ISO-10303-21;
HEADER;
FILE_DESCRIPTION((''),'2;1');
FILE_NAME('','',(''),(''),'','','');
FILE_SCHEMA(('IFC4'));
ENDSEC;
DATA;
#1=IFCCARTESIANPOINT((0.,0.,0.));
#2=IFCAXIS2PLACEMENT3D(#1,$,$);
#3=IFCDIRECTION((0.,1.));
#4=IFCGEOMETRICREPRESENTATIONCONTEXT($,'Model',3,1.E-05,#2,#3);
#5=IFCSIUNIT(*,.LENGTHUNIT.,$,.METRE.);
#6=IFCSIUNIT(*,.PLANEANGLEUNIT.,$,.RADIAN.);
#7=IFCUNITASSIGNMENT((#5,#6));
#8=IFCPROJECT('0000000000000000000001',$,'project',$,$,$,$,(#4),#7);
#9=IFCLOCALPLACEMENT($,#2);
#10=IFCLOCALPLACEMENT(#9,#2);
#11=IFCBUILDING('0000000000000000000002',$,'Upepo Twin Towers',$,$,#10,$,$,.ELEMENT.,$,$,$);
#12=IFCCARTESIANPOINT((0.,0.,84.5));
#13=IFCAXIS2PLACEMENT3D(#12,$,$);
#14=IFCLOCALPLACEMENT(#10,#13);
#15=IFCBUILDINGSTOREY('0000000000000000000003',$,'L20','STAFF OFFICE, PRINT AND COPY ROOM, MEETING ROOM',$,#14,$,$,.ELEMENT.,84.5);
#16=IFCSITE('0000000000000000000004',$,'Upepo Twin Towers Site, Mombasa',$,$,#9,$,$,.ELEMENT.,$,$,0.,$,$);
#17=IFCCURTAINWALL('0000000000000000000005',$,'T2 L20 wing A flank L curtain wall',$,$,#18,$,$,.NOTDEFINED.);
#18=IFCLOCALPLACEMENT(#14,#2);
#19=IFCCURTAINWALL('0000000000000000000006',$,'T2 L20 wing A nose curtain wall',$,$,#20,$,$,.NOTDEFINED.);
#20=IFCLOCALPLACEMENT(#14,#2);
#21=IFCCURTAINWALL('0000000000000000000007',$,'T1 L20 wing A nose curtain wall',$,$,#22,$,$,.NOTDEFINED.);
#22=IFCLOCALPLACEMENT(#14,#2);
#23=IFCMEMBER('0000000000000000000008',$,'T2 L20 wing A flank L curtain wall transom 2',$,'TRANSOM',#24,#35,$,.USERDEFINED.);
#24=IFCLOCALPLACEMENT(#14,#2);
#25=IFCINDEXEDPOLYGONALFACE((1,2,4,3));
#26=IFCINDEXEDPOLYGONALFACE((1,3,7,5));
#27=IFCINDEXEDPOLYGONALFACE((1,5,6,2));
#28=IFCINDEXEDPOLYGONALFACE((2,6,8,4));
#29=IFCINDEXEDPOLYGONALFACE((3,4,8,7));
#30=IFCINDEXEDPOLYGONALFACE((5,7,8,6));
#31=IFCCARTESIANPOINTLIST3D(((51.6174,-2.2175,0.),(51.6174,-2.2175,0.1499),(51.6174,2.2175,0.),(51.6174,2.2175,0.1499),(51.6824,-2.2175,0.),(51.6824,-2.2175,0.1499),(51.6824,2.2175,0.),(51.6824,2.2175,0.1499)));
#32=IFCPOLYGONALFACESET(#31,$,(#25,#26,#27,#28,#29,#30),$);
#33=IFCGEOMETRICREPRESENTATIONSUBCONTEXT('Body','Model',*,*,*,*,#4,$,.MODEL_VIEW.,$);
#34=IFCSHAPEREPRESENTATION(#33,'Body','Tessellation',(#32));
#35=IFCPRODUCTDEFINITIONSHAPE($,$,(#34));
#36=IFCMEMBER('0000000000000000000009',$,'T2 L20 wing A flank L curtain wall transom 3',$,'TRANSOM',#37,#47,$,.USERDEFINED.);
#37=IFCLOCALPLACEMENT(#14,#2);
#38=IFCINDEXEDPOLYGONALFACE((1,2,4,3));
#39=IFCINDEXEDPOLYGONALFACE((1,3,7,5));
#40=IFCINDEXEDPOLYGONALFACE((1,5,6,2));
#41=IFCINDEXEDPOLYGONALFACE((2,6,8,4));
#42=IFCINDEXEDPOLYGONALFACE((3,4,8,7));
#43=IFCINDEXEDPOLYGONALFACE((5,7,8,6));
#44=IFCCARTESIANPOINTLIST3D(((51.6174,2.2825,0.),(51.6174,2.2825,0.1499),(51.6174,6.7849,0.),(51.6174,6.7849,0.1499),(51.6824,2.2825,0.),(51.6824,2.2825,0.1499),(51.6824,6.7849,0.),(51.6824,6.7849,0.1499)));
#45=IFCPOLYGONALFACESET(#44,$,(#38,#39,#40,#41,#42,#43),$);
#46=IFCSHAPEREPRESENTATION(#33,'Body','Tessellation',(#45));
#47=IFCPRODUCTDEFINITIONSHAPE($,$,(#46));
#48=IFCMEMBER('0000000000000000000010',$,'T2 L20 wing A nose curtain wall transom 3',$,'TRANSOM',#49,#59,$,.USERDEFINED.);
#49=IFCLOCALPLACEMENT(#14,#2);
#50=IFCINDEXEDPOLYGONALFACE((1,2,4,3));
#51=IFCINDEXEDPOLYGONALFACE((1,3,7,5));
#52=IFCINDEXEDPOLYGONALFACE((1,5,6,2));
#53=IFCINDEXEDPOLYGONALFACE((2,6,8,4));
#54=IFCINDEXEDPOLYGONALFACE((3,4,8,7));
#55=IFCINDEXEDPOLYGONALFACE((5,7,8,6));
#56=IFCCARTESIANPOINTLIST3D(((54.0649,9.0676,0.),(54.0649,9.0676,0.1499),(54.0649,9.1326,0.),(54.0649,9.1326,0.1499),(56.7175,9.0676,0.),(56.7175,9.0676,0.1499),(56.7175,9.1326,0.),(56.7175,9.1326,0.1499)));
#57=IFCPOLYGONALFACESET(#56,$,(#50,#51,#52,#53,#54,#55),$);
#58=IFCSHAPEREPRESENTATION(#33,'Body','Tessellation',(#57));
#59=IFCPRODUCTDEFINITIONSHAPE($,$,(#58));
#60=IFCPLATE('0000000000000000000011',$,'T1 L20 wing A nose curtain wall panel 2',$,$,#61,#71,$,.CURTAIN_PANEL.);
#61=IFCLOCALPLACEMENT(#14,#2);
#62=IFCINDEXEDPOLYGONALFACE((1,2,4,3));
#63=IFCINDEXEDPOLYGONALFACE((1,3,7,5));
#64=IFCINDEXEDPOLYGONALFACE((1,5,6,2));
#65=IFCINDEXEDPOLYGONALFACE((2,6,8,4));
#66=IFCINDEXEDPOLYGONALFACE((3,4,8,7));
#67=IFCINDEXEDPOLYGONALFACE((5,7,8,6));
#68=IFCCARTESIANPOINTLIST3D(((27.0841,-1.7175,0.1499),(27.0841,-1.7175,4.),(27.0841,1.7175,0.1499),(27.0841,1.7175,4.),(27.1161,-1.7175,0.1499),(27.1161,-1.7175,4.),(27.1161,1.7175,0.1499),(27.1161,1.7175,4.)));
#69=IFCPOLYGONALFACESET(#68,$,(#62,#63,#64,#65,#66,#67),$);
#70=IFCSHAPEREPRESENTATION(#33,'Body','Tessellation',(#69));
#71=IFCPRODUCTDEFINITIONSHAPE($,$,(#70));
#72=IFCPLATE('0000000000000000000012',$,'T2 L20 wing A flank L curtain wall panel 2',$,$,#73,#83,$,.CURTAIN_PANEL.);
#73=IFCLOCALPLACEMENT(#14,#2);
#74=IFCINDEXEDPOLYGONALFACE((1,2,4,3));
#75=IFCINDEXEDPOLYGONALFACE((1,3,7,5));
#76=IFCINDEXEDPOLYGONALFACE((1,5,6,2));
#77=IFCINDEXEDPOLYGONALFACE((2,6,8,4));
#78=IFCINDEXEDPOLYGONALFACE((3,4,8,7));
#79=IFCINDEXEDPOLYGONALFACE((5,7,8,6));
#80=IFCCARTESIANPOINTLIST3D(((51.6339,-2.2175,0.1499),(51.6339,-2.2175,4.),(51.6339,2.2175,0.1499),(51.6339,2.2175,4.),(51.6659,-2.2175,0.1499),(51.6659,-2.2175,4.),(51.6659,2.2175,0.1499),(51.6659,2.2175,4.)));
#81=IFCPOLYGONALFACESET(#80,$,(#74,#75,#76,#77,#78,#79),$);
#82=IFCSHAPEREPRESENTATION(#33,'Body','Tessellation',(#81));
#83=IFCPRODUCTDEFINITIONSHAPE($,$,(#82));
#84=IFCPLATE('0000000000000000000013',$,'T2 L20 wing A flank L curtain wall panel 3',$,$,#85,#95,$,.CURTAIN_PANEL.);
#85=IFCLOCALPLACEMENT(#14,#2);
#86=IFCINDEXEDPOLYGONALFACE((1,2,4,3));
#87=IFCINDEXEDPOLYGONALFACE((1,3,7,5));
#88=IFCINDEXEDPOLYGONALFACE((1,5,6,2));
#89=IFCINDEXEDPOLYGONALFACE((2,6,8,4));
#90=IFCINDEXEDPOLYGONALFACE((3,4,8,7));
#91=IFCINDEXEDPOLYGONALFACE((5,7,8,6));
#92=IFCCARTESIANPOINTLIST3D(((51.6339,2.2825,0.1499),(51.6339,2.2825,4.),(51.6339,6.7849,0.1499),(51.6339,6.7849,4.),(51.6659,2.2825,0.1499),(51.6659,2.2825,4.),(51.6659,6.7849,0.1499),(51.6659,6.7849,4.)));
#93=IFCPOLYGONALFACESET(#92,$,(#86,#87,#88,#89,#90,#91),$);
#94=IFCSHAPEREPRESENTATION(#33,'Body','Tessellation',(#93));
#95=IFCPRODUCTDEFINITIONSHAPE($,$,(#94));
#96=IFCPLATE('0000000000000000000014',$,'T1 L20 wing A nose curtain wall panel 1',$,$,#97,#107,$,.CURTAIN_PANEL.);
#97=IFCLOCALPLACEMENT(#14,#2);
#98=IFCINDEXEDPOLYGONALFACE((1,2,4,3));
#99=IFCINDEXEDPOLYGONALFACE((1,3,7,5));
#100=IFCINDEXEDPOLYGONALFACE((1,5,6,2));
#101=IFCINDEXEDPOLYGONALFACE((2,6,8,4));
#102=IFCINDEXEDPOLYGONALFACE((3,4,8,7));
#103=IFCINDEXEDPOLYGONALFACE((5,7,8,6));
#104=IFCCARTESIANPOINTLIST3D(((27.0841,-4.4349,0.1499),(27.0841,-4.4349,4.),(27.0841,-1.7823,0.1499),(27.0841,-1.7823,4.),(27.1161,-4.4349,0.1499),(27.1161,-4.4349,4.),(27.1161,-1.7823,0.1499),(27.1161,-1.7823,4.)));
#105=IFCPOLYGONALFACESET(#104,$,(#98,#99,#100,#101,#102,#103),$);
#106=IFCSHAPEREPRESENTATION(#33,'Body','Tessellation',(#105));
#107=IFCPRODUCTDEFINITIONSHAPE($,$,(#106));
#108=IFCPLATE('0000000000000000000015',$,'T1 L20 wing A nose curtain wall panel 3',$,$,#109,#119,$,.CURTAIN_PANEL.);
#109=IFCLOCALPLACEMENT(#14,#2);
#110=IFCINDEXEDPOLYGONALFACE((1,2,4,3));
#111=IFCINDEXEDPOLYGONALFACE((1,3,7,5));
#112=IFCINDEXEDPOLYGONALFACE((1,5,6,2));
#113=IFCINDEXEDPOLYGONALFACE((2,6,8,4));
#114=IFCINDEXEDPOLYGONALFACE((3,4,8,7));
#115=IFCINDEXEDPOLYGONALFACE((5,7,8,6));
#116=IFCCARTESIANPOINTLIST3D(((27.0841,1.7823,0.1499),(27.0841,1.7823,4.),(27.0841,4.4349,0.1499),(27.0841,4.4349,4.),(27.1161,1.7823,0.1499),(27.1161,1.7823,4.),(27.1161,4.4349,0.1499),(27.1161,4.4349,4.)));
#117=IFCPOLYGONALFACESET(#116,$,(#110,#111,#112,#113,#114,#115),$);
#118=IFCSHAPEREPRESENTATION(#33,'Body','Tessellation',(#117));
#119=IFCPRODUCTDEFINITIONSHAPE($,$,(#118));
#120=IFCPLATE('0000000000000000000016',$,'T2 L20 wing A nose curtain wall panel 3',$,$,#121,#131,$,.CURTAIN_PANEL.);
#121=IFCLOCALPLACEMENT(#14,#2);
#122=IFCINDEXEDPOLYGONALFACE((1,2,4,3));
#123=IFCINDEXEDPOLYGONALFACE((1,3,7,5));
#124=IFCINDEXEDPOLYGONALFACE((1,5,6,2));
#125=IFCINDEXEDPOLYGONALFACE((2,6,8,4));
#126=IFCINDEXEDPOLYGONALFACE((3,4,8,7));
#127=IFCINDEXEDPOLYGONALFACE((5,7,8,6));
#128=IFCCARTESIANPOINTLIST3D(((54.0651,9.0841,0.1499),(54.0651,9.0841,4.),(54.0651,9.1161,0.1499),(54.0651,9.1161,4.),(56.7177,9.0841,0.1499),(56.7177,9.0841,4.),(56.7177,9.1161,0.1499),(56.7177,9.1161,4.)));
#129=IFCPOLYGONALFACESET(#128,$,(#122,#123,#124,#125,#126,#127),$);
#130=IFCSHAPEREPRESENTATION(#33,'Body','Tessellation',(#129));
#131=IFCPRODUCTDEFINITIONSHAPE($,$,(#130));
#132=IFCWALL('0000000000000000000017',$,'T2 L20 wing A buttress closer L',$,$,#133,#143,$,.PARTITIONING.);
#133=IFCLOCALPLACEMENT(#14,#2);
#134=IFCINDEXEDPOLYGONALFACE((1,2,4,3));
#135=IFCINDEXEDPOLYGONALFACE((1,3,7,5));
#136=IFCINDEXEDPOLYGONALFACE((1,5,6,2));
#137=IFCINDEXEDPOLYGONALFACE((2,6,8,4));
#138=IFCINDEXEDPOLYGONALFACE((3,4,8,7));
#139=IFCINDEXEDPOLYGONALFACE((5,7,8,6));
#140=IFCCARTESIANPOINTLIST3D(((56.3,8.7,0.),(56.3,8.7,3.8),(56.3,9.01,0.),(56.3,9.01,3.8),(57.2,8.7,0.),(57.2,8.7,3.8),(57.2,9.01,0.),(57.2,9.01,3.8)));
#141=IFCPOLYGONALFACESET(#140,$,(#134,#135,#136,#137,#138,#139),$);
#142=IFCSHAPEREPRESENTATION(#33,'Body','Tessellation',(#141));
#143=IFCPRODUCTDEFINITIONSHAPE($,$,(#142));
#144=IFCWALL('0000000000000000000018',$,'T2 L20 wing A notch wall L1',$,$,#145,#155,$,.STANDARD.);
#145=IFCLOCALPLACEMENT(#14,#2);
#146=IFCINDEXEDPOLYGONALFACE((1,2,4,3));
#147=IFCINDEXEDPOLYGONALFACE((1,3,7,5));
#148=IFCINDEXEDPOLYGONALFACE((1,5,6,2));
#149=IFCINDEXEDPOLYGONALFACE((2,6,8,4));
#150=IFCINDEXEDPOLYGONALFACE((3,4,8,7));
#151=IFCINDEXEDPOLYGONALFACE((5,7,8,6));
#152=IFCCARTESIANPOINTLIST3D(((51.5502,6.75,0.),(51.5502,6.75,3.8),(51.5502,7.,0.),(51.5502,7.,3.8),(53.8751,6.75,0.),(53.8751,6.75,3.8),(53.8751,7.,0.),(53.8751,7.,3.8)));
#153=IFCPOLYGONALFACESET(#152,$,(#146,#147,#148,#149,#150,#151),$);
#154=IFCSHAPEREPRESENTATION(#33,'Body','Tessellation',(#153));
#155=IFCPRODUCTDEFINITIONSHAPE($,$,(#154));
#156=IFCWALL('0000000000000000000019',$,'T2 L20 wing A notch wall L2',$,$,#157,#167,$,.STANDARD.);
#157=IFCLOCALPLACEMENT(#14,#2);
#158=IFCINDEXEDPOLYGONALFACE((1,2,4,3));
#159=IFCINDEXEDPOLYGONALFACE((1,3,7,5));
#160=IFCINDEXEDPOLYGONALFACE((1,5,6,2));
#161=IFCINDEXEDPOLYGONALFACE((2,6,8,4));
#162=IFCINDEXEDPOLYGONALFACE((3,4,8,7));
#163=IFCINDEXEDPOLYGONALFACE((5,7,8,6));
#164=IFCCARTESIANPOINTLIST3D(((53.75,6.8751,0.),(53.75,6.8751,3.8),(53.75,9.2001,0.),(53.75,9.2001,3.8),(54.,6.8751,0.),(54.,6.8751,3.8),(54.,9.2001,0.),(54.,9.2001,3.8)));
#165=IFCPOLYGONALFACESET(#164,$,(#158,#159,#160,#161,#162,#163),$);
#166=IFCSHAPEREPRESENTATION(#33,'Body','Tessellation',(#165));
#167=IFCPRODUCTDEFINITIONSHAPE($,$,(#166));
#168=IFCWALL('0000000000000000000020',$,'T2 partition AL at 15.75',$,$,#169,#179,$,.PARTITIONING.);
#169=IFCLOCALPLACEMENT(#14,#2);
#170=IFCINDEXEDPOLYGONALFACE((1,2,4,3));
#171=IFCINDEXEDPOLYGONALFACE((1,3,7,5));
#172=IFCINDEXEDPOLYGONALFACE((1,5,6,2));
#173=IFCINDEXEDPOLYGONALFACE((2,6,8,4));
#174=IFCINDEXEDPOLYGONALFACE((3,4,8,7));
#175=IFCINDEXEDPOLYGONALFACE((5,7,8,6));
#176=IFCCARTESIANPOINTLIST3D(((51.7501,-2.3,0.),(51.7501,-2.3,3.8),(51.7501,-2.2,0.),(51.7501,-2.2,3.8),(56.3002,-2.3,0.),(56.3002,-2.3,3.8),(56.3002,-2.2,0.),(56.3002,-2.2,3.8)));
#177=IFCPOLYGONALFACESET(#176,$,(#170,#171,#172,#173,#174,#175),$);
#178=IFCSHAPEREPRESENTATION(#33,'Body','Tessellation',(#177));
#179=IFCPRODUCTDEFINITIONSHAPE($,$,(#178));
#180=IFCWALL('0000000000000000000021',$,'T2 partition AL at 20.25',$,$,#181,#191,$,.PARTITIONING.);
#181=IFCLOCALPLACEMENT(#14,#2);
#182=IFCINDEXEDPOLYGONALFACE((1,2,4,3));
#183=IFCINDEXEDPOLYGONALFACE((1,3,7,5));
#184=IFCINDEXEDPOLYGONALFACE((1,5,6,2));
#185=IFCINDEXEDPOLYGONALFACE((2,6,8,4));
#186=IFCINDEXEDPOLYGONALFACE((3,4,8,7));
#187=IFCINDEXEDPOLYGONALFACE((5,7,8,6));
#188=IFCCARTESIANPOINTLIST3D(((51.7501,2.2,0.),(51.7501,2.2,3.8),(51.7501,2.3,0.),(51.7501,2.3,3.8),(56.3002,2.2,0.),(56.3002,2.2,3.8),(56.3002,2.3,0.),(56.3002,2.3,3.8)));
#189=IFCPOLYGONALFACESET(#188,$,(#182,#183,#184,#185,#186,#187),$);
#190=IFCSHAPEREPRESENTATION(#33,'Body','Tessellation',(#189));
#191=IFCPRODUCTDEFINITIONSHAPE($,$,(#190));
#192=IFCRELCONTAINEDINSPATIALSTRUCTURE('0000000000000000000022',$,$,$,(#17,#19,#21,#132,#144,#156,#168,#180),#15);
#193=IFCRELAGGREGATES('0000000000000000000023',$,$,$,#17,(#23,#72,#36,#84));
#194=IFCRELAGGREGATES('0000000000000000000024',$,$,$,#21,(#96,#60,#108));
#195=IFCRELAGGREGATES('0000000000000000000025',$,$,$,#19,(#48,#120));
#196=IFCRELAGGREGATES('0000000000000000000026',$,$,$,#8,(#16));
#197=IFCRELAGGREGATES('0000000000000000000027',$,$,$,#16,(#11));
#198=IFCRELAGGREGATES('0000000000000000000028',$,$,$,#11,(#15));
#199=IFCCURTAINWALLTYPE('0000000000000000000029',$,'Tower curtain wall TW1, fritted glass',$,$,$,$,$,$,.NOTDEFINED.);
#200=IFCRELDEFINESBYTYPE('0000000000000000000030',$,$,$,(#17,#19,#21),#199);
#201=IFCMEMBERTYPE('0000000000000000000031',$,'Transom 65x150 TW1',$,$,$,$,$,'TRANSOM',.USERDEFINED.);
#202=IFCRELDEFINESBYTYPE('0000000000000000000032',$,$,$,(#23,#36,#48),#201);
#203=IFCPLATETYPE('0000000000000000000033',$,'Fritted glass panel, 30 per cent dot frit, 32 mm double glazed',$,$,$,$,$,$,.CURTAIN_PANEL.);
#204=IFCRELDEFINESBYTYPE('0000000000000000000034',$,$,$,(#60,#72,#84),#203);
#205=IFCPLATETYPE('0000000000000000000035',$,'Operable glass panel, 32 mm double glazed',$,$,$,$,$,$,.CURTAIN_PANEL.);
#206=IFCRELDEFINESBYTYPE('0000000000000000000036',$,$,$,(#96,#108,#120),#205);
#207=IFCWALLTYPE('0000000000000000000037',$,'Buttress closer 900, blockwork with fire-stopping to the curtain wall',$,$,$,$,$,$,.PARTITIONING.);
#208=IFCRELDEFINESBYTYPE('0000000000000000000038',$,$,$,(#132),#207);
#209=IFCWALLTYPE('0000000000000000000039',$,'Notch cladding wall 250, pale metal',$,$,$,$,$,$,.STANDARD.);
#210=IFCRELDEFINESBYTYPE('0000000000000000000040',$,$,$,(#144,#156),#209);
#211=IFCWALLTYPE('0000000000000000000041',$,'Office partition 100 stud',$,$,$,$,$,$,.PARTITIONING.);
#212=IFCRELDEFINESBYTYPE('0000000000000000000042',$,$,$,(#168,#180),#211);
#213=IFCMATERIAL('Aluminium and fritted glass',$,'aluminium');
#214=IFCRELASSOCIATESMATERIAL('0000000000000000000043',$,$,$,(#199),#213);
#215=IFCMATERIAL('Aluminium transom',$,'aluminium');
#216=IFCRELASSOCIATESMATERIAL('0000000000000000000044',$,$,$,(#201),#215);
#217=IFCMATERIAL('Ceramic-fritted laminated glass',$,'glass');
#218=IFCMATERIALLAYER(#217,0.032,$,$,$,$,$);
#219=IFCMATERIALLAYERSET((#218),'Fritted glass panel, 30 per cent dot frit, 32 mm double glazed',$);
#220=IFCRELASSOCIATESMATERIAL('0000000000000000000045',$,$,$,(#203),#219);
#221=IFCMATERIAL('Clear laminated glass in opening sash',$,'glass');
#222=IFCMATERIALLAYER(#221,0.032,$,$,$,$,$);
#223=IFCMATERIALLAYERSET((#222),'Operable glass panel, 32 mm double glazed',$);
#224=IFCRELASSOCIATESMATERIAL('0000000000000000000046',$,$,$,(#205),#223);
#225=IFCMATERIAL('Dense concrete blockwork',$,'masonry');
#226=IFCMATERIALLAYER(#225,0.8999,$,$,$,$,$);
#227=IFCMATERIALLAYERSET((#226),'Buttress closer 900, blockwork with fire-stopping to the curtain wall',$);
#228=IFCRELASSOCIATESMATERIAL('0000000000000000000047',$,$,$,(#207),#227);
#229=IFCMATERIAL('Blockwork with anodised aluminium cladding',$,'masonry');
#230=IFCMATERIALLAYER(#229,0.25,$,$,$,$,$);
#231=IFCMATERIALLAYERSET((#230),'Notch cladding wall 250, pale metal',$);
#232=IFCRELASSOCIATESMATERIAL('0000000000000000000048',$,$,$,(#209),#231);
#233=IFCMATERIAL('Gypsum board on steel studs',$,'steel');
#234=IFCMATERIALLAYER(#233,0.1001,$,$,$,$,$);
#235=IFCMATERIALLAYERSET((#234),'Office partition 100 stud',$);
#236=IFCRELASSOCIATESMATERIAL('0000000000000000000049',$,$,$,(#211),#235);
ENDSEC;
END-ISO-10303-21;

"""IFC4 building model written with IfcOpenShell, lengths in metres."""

from ifc_helpers import new_model, si_unit, direction, frame, frame_2d, origin, origin_2d, place, context, subcontext, project, spatial, rectangle, extrude, material, layer, layer_set, material_profile, profile_set, type_object, element, aggregate, save


model = new_model("IFC4")

# Units and contexts
model_context = context("Model", 3, precision=1e-05, world=origin(), true_north=direction((0.0, 1.0)))
body_context = subcontext(model_context, "Body", "Model", "MODEL_VIEW")
ifc_project = project(units=[si_unit("LENGTHUNIT", "METRE"), si_unit("PLANEANGLEUNIT", "RADIAN")], contexts=[model_context])

# Site, building, storey
site_placement = place(None, origin())
site = spatial("IfcSite", under=ifc_project, at=site_placement, Name="Upepo Twin Towers Site, Mombasa", CompositionType="ELEMENT", RefElevation=0.0)
building_placement = place(site_placement, origin())
building = spatial("IfcBuilding", under=site, at=building_placement, Name="Upepo Twin Towers", CompositionType="ELEMENT")
storey_placement = place(building_placement, frame((0.0, 0.0, 84.5)))
storey = spatial("IfcBuildingStorey", under=building, at=storey_placement, Name="L20", Description="STAFF OFFICE, PRINT AND COPY ROOM, MEETING ROOM", CompositionType="ELEMENT", Elevation=84.5)

# Curtain walls
ifc_material_1 = material(Name="Aluminium and fritted glass", Category="aluminium")
curtain_wall_type = type_object("IfcCurtainWallType", Name="Tower curtain wall TW1, fritted glass", PredefinedType="NOTDEFINED", material=ifc_material_1)
curtain_wall_1_placement = place(storey_placement, origin())
curtain_wall_1 = element("IfcCurtainWall", 1, at=curtain_wall_1_placement, inside=storey, type_object=curtain_wall_type, Name="T2 L20 wing A flank L curtain wall", PredefinedType="NOTDEFINED")
curtain_wall_2_placement = place(storey_placement, origin())
curtain_wall_2 = element("IfcCurtainWall", 2, at=curtain_wall_2_placement, inside=storey, type_object=curtain_wall_type, Name="T2 L20 wing A nose curtain wall", PredefinedType="NOTDEFINED")
curtain_wall_3_placement = place(storey_placement, origin())
curtain_wall_3 = element("IfcCurtainWall", 3, at=curtain_wall_3_placement, inside=storey, type_object=curtain_wall_type, Name="T1 L20 wing A nose curtain wall", PredefinedType="NOTDEFINED")
ifc_material_2 = material(Name="Aluminium transom", Category="aluminium")
ifc_material_profile_1 = material_profile(ifc_material_2, rectangle(XDim=0.0649, YDim=0.1499, at=origin_2d()), Name="TRANSOM 65x150")
ifc_profile_set_1 = profile_set([ifc_material_profile_1], Name="Aluminium transom")
member_type_1 = type_object("IfcMemberType", Name="Transom 65x150 TW1", ElementType="TRANSOM", PredefinedType="USERDEFINED", material=ifc_profile_set_1)

# Members
member_1_placement = place(storey_placement, frame((51.6499, -2.2175, 0.075), z_axis=(0.0, 1.0, 0.0), x_axis=(-1.0, 0.0, 0.0)))
member_1 = element("IfcMember", 4, at=member_1_placement, type_object=member_type_1, Name="T2 L20 wing A flank L curtain wall transom 2", ObjectType="TRANSOM", PredefinedType="USERDEFINED", context=body_context, shape_type="SweptSolid", body=[
    extrude(rectangle(XDim=0.0649, YDim=0.1499, at=origin_2d()), origin(), (0.0, 0.0, 1.0), 4.4351),
])
member_2_placement = place(storey_placement, frame((51.6499, 2.2825, 0.075), z_axis=(0.0, 1.0, 0.0), x_axis=(-1.0, 0.0, 0.0)))
member_2 = element("IfcMember", 5, at=member_2_placement, type_object=member_type_1, Name="T2 L20 wing A flank L curtain wall transom 3", ObjectType="TRANSOM", PredefinedType="USERDEFINED", context=body_context, shape_type="SweptSolid", body=[
    extrude(rectangle(XDim=0.0649, YDim=0.1499, at=origin_2d()), origin(), (0.0, 0.0, 1.0), 4.5024),
])
member_3_placement = place(storey_placement, frame((56.7175, 9.1001, 0.075), z_axis=(-1.0, 0.0, 0.0), x_axis=(0.0, -1.0, 0.0)))
member_3 = element("IfcMember", 6, at=member_3_placement, type_object=member_type_1, Name="T2 L20 wing A nose curtain wall transom 3", ObjectType="TRANSOM", PredefinedType="USERDEFINED", context=body_context, shape_type="SweptSolid", body=[
    extrude(rectangle(XDim=0.0649, YDim=0.1499, at=origin_2d()), origin(), (0.0, 0.0, 1.0), 2.6526),
])

# Plates
ifc_material_3 = material(Name="Ceramic-fritted laminated glass", Category="glass")
ifc_layer_1 = layer(ifc_material_3, 0.032)
ifc_layer_set_1 = layer_set([ifc_layer_1], Name="Fritted glass panel, 30 per cent dot frit, 32 mm double glazed")
plate_type_1 = type_object("IfcPlateType", Name="Fritted glass panel, 30 per cent dot frit, 32 mm double glazed", PredefinedType="CURTAIN_PANEL", material=ifc_layer_set_1)
plate_1_placement = place(storey_placement, frame((27.1001, 0.0, 0.1499), z_axis=(0.0, 0.0, 1.0), x_axis=(0.0, 1.0, 0.0)))
plate_1 = element("IfcPlate", 7, at=plate_1_placement, type_object=plate_type_1, Name="T1 L20 wing A nose curtain wall panel 2", PredefinedType="CURTAIN_PANEL", context=body_context, shape_type="SweptSolid", body=[
    extrude(rectangle(XDim=3.4351, YDim=0.032, at=origin_2d()), origin(), (0.0, 0.0, 1.0), 3.8501),
])
plate_2_placement = place(storey_placement, frame((51.6499, 0.0, 0.1499), z_axis=(0.0, 0.0, 1.0), x_axis=(0.0, 1.0, 0.0)))
plate_2 = element("IfcPlate", 8, at=plate_2_placement, type_object=plate_type_1, Name="T2 L20 wing A flank L curtain wall panel 2", PredefinedType="CURTAIN_PANEL", context=body_context, shape_type="SweptSolid", body=[
    extrude(rectangle(XDim=4.4351, YDim=0.032, at=origin_2d()), origin(), (0.0, 0.0, 1.0), 3.8501),
])
plate_3_placement = place(storey_placement, frame((51.6499, 4.5337, 0.1499), z_axis=(0.0, 0.0, 1.0), x_axis=(0.0, 1.0, 0.0)))
plate_3 = element("IfcPlate", 9, at=plate_3_placement, type_object=plate_type_1, Name="T2 L20 wing A flank L curtain wall panel 3", PredefinedType="CURTAIN_PANEL", context=body_context, shape_type="SweptSolid", body=[
    extrude(rectangle(XDim=4.5024, YDim=0.032, at=origin_2d()), origin(), (0.0, 0.0, 1.0), 3.8501),
])
aggregate(curtain_wall_1, [member_1, plate_2, member_2, plate_3])
ifc_material_4 = material(Name="Clear laminated glass in opening sash", Category="glass")
ifc_layer_2 = layer(ifc_material_4, 0.032)
ifc_layer_set_2 = layer_set([ifc_layer_2], Name="Operable glass panel, 32 mm double glazed")
plate_type_2 = type_object("IfcPlateType", Name="Operable glass panel, 32 mm double glazed", PredefinedType="CURTAIN_PANEL", material=ifc_layer_set_2)
plate_4_placement = place(storey_placement, frame((27.1001, -3.1086, 0.1499), z_axis=(0.0, 0.0, 1.0), x_axis=(0.0, 1.0, 0.0)))
plate_4 = element("IfcPlate", 10, at=plate_4_placement, type_object=plate_type_2, Name="T1 L20 wing A nose curtain wall panel 1", PredefinedType="CURTAIN_PANEL", context=body_context, shape_type="SweptSolid", body=[
    extrude(rectangle(XDim=2.6526, YDim=0.032, at=origin_2d()), origin(), (0.0, 0.0, 1.0), 3.8501),
])
plate_5_placement = place(storey_placement, frame((27.1001, 3.1086, 0.1499), z_axis=(0.0, 0.0, 1.0), x_axis=(0.0, 1.0, 0.0)))
plate_5 = element("IfcPlate", 11, at=plate_5_placement, type_object=plate_type_2, Name="T1 L20 wing A nose curtain wall panel 3", PredefinedType="CURTAIN_PANEL", context=body_context, shape_type="SweptSolid", body=[
    extrude(rectangle(XDim=2.6526, YDim=0.032, at=origin_2d()), origin(), (0.0, 0.0, 1.0), 3.8501),
])
aggregate(curtain_wall_3, [plate_4, plate_1, plate_5])
plate_6_placement = place(storey_placement, frame((55.3914, 9.1001, 0.1499), z_axis=(0.0, 0.0, 1.0), x_axis=(-1.0, 0.0, 0.0)))
plate_6 = element("IfcPlate", 12, at=plate_6_placement, type_object=plate_type_2, Name="T2 L20 wing A nose curtain wall panel 3", PredefinedType="CURTAIN_PANEL", context=body_context, shape_type="SweptSolid", body=[
    extrude(rectangle(XDim=2.6526, YDim=0.032, at=origin_2d()), origin(), (0.0, 0.0, 1.0), 3.8501),
])
aggregate(curtain_wall_2, [member_3, plate_6])

# Walls
ifc_material_5 = material(Name="Dense concrete blockwork", Category="masonry")
ifc_layer_3 = layer(ifc_material_5, 0.8999)
ifc_layer_set_3 = layer_set([ifc_layer_3], Name="Buttress closer 900, blockwork with fire-stopping to the curtain wall")
wall_type_1 = type_object("IfcWallType", Name="Buttress closer 900, blockwork with fire-stopping to the curtain wall", PredefinedType="PARTITIONING", material=ifc_layer_set_3)
wall_1_placement = place(storey_placement, frame((56.75, 8.7, 0.0), z_axis=(0.0, 0.0, 1.0), x_axis=(0.0, 1.0, 0.0)))
element("IfcWall", 13, at=wall_1_placement, inside=storey, type_object=wall_type_1, Name="T2 L20 wing A buttress closer L", PredefinedType="PARTITIONING", context=body_context, shape_type="SweptSolid", body=[
    extrude(rectangle(XDim=0.3101, YDim=0.8999, at=frame_2d((0.155, 0.0))), origin(), (0.0, 0.0, 1.0), 3.8),
])
ifc_material_6 = material(Name="Blockwork with anodised aluminium cladding", Category="masonry")
ifc_layer_4 = layer(ifc_material_6, 0.25)
ifc_layer_set_4 = layer_set([ifc_layer_4], Name="Notch cladding wall 250, pale metal")
wall_type_2 = type_object("IfcWallType", Name="Notch cladding wall 250, pale metal", PredefinedType="STANDARD", material=ifc_layer_set_4)
for number, where, z_axis, x_axis, name in (
    (14, (51.55, 6.875, 0.0), (0.0, 0.0, 1.0), (1.0, 0.0, 0.0), "T2 L20 wing A notch wall L1"),
    (15, (53.875, 6.875, 0.0), (0.0, 0.0, 1.0), (0.0, 1.0, 0.0), "T2 L20 wing A notch wall L2"),
):
    element("IfcWall", number, at=place(storey_placement, frame(where, z_axis=z_axis, x_axis=x_axis)), inside=storey, type_object=wall_type_2, Name=name, PredefinedType="STANDARD", context=body_context, shape_type="SweptSolid", body=[
        extrude(rectangle(XDim=2.325, YDim=0.25, at=frame_2d((1.1626, 0.0))), origin(), (0.0, 0.0, 1.0), 3.8),
    ])
ifc_material_7 = material(Name="Gypsum board on steel studs", Category="steel")
ifc_layer_5 = layer(ifc_material_7, 0.1001)
ifc_layer_set_5 = layer_set([ifc_layer_5], Name="Office partition 100 stud")
wall_type_3 = type_object("IfcWallType", Name="Office partition 100 stud", PredefinedType="PARTITIONING", material=ifc_layer_set_5)
for number, where, z_axis, x_axis, name in (
    (16, (56.3, -2.25, 0.0), (0.0, 0.0, 1.0), (-1.0, 0.0, 0.0), "T2 partition AL at 15.75"),
    (17, (56.3, 2.25, 0.0), (0.0, 0.0, 1.0), (-1.0, 0.0, 0.0), "T2 partition AL at 20.25"),
):
    element("IfcWall", number, at=place(storey_placement, frame(where, z_axis=z_axis, x_axis=x_axis)), inside=storey, type_object=wall_type_3, Name=name, PredefinedType="PARTITIONING", context=body_context, shape_type="SweptSolid", body=[
        extrude(rectangle(XDim=4.55, YDim=0.1001, at=frame_2d((2.2749, 0.0))), origin(), (0.0, 0.0, 1.0), 3.8),
    ])

save(model, "model.ifc")
